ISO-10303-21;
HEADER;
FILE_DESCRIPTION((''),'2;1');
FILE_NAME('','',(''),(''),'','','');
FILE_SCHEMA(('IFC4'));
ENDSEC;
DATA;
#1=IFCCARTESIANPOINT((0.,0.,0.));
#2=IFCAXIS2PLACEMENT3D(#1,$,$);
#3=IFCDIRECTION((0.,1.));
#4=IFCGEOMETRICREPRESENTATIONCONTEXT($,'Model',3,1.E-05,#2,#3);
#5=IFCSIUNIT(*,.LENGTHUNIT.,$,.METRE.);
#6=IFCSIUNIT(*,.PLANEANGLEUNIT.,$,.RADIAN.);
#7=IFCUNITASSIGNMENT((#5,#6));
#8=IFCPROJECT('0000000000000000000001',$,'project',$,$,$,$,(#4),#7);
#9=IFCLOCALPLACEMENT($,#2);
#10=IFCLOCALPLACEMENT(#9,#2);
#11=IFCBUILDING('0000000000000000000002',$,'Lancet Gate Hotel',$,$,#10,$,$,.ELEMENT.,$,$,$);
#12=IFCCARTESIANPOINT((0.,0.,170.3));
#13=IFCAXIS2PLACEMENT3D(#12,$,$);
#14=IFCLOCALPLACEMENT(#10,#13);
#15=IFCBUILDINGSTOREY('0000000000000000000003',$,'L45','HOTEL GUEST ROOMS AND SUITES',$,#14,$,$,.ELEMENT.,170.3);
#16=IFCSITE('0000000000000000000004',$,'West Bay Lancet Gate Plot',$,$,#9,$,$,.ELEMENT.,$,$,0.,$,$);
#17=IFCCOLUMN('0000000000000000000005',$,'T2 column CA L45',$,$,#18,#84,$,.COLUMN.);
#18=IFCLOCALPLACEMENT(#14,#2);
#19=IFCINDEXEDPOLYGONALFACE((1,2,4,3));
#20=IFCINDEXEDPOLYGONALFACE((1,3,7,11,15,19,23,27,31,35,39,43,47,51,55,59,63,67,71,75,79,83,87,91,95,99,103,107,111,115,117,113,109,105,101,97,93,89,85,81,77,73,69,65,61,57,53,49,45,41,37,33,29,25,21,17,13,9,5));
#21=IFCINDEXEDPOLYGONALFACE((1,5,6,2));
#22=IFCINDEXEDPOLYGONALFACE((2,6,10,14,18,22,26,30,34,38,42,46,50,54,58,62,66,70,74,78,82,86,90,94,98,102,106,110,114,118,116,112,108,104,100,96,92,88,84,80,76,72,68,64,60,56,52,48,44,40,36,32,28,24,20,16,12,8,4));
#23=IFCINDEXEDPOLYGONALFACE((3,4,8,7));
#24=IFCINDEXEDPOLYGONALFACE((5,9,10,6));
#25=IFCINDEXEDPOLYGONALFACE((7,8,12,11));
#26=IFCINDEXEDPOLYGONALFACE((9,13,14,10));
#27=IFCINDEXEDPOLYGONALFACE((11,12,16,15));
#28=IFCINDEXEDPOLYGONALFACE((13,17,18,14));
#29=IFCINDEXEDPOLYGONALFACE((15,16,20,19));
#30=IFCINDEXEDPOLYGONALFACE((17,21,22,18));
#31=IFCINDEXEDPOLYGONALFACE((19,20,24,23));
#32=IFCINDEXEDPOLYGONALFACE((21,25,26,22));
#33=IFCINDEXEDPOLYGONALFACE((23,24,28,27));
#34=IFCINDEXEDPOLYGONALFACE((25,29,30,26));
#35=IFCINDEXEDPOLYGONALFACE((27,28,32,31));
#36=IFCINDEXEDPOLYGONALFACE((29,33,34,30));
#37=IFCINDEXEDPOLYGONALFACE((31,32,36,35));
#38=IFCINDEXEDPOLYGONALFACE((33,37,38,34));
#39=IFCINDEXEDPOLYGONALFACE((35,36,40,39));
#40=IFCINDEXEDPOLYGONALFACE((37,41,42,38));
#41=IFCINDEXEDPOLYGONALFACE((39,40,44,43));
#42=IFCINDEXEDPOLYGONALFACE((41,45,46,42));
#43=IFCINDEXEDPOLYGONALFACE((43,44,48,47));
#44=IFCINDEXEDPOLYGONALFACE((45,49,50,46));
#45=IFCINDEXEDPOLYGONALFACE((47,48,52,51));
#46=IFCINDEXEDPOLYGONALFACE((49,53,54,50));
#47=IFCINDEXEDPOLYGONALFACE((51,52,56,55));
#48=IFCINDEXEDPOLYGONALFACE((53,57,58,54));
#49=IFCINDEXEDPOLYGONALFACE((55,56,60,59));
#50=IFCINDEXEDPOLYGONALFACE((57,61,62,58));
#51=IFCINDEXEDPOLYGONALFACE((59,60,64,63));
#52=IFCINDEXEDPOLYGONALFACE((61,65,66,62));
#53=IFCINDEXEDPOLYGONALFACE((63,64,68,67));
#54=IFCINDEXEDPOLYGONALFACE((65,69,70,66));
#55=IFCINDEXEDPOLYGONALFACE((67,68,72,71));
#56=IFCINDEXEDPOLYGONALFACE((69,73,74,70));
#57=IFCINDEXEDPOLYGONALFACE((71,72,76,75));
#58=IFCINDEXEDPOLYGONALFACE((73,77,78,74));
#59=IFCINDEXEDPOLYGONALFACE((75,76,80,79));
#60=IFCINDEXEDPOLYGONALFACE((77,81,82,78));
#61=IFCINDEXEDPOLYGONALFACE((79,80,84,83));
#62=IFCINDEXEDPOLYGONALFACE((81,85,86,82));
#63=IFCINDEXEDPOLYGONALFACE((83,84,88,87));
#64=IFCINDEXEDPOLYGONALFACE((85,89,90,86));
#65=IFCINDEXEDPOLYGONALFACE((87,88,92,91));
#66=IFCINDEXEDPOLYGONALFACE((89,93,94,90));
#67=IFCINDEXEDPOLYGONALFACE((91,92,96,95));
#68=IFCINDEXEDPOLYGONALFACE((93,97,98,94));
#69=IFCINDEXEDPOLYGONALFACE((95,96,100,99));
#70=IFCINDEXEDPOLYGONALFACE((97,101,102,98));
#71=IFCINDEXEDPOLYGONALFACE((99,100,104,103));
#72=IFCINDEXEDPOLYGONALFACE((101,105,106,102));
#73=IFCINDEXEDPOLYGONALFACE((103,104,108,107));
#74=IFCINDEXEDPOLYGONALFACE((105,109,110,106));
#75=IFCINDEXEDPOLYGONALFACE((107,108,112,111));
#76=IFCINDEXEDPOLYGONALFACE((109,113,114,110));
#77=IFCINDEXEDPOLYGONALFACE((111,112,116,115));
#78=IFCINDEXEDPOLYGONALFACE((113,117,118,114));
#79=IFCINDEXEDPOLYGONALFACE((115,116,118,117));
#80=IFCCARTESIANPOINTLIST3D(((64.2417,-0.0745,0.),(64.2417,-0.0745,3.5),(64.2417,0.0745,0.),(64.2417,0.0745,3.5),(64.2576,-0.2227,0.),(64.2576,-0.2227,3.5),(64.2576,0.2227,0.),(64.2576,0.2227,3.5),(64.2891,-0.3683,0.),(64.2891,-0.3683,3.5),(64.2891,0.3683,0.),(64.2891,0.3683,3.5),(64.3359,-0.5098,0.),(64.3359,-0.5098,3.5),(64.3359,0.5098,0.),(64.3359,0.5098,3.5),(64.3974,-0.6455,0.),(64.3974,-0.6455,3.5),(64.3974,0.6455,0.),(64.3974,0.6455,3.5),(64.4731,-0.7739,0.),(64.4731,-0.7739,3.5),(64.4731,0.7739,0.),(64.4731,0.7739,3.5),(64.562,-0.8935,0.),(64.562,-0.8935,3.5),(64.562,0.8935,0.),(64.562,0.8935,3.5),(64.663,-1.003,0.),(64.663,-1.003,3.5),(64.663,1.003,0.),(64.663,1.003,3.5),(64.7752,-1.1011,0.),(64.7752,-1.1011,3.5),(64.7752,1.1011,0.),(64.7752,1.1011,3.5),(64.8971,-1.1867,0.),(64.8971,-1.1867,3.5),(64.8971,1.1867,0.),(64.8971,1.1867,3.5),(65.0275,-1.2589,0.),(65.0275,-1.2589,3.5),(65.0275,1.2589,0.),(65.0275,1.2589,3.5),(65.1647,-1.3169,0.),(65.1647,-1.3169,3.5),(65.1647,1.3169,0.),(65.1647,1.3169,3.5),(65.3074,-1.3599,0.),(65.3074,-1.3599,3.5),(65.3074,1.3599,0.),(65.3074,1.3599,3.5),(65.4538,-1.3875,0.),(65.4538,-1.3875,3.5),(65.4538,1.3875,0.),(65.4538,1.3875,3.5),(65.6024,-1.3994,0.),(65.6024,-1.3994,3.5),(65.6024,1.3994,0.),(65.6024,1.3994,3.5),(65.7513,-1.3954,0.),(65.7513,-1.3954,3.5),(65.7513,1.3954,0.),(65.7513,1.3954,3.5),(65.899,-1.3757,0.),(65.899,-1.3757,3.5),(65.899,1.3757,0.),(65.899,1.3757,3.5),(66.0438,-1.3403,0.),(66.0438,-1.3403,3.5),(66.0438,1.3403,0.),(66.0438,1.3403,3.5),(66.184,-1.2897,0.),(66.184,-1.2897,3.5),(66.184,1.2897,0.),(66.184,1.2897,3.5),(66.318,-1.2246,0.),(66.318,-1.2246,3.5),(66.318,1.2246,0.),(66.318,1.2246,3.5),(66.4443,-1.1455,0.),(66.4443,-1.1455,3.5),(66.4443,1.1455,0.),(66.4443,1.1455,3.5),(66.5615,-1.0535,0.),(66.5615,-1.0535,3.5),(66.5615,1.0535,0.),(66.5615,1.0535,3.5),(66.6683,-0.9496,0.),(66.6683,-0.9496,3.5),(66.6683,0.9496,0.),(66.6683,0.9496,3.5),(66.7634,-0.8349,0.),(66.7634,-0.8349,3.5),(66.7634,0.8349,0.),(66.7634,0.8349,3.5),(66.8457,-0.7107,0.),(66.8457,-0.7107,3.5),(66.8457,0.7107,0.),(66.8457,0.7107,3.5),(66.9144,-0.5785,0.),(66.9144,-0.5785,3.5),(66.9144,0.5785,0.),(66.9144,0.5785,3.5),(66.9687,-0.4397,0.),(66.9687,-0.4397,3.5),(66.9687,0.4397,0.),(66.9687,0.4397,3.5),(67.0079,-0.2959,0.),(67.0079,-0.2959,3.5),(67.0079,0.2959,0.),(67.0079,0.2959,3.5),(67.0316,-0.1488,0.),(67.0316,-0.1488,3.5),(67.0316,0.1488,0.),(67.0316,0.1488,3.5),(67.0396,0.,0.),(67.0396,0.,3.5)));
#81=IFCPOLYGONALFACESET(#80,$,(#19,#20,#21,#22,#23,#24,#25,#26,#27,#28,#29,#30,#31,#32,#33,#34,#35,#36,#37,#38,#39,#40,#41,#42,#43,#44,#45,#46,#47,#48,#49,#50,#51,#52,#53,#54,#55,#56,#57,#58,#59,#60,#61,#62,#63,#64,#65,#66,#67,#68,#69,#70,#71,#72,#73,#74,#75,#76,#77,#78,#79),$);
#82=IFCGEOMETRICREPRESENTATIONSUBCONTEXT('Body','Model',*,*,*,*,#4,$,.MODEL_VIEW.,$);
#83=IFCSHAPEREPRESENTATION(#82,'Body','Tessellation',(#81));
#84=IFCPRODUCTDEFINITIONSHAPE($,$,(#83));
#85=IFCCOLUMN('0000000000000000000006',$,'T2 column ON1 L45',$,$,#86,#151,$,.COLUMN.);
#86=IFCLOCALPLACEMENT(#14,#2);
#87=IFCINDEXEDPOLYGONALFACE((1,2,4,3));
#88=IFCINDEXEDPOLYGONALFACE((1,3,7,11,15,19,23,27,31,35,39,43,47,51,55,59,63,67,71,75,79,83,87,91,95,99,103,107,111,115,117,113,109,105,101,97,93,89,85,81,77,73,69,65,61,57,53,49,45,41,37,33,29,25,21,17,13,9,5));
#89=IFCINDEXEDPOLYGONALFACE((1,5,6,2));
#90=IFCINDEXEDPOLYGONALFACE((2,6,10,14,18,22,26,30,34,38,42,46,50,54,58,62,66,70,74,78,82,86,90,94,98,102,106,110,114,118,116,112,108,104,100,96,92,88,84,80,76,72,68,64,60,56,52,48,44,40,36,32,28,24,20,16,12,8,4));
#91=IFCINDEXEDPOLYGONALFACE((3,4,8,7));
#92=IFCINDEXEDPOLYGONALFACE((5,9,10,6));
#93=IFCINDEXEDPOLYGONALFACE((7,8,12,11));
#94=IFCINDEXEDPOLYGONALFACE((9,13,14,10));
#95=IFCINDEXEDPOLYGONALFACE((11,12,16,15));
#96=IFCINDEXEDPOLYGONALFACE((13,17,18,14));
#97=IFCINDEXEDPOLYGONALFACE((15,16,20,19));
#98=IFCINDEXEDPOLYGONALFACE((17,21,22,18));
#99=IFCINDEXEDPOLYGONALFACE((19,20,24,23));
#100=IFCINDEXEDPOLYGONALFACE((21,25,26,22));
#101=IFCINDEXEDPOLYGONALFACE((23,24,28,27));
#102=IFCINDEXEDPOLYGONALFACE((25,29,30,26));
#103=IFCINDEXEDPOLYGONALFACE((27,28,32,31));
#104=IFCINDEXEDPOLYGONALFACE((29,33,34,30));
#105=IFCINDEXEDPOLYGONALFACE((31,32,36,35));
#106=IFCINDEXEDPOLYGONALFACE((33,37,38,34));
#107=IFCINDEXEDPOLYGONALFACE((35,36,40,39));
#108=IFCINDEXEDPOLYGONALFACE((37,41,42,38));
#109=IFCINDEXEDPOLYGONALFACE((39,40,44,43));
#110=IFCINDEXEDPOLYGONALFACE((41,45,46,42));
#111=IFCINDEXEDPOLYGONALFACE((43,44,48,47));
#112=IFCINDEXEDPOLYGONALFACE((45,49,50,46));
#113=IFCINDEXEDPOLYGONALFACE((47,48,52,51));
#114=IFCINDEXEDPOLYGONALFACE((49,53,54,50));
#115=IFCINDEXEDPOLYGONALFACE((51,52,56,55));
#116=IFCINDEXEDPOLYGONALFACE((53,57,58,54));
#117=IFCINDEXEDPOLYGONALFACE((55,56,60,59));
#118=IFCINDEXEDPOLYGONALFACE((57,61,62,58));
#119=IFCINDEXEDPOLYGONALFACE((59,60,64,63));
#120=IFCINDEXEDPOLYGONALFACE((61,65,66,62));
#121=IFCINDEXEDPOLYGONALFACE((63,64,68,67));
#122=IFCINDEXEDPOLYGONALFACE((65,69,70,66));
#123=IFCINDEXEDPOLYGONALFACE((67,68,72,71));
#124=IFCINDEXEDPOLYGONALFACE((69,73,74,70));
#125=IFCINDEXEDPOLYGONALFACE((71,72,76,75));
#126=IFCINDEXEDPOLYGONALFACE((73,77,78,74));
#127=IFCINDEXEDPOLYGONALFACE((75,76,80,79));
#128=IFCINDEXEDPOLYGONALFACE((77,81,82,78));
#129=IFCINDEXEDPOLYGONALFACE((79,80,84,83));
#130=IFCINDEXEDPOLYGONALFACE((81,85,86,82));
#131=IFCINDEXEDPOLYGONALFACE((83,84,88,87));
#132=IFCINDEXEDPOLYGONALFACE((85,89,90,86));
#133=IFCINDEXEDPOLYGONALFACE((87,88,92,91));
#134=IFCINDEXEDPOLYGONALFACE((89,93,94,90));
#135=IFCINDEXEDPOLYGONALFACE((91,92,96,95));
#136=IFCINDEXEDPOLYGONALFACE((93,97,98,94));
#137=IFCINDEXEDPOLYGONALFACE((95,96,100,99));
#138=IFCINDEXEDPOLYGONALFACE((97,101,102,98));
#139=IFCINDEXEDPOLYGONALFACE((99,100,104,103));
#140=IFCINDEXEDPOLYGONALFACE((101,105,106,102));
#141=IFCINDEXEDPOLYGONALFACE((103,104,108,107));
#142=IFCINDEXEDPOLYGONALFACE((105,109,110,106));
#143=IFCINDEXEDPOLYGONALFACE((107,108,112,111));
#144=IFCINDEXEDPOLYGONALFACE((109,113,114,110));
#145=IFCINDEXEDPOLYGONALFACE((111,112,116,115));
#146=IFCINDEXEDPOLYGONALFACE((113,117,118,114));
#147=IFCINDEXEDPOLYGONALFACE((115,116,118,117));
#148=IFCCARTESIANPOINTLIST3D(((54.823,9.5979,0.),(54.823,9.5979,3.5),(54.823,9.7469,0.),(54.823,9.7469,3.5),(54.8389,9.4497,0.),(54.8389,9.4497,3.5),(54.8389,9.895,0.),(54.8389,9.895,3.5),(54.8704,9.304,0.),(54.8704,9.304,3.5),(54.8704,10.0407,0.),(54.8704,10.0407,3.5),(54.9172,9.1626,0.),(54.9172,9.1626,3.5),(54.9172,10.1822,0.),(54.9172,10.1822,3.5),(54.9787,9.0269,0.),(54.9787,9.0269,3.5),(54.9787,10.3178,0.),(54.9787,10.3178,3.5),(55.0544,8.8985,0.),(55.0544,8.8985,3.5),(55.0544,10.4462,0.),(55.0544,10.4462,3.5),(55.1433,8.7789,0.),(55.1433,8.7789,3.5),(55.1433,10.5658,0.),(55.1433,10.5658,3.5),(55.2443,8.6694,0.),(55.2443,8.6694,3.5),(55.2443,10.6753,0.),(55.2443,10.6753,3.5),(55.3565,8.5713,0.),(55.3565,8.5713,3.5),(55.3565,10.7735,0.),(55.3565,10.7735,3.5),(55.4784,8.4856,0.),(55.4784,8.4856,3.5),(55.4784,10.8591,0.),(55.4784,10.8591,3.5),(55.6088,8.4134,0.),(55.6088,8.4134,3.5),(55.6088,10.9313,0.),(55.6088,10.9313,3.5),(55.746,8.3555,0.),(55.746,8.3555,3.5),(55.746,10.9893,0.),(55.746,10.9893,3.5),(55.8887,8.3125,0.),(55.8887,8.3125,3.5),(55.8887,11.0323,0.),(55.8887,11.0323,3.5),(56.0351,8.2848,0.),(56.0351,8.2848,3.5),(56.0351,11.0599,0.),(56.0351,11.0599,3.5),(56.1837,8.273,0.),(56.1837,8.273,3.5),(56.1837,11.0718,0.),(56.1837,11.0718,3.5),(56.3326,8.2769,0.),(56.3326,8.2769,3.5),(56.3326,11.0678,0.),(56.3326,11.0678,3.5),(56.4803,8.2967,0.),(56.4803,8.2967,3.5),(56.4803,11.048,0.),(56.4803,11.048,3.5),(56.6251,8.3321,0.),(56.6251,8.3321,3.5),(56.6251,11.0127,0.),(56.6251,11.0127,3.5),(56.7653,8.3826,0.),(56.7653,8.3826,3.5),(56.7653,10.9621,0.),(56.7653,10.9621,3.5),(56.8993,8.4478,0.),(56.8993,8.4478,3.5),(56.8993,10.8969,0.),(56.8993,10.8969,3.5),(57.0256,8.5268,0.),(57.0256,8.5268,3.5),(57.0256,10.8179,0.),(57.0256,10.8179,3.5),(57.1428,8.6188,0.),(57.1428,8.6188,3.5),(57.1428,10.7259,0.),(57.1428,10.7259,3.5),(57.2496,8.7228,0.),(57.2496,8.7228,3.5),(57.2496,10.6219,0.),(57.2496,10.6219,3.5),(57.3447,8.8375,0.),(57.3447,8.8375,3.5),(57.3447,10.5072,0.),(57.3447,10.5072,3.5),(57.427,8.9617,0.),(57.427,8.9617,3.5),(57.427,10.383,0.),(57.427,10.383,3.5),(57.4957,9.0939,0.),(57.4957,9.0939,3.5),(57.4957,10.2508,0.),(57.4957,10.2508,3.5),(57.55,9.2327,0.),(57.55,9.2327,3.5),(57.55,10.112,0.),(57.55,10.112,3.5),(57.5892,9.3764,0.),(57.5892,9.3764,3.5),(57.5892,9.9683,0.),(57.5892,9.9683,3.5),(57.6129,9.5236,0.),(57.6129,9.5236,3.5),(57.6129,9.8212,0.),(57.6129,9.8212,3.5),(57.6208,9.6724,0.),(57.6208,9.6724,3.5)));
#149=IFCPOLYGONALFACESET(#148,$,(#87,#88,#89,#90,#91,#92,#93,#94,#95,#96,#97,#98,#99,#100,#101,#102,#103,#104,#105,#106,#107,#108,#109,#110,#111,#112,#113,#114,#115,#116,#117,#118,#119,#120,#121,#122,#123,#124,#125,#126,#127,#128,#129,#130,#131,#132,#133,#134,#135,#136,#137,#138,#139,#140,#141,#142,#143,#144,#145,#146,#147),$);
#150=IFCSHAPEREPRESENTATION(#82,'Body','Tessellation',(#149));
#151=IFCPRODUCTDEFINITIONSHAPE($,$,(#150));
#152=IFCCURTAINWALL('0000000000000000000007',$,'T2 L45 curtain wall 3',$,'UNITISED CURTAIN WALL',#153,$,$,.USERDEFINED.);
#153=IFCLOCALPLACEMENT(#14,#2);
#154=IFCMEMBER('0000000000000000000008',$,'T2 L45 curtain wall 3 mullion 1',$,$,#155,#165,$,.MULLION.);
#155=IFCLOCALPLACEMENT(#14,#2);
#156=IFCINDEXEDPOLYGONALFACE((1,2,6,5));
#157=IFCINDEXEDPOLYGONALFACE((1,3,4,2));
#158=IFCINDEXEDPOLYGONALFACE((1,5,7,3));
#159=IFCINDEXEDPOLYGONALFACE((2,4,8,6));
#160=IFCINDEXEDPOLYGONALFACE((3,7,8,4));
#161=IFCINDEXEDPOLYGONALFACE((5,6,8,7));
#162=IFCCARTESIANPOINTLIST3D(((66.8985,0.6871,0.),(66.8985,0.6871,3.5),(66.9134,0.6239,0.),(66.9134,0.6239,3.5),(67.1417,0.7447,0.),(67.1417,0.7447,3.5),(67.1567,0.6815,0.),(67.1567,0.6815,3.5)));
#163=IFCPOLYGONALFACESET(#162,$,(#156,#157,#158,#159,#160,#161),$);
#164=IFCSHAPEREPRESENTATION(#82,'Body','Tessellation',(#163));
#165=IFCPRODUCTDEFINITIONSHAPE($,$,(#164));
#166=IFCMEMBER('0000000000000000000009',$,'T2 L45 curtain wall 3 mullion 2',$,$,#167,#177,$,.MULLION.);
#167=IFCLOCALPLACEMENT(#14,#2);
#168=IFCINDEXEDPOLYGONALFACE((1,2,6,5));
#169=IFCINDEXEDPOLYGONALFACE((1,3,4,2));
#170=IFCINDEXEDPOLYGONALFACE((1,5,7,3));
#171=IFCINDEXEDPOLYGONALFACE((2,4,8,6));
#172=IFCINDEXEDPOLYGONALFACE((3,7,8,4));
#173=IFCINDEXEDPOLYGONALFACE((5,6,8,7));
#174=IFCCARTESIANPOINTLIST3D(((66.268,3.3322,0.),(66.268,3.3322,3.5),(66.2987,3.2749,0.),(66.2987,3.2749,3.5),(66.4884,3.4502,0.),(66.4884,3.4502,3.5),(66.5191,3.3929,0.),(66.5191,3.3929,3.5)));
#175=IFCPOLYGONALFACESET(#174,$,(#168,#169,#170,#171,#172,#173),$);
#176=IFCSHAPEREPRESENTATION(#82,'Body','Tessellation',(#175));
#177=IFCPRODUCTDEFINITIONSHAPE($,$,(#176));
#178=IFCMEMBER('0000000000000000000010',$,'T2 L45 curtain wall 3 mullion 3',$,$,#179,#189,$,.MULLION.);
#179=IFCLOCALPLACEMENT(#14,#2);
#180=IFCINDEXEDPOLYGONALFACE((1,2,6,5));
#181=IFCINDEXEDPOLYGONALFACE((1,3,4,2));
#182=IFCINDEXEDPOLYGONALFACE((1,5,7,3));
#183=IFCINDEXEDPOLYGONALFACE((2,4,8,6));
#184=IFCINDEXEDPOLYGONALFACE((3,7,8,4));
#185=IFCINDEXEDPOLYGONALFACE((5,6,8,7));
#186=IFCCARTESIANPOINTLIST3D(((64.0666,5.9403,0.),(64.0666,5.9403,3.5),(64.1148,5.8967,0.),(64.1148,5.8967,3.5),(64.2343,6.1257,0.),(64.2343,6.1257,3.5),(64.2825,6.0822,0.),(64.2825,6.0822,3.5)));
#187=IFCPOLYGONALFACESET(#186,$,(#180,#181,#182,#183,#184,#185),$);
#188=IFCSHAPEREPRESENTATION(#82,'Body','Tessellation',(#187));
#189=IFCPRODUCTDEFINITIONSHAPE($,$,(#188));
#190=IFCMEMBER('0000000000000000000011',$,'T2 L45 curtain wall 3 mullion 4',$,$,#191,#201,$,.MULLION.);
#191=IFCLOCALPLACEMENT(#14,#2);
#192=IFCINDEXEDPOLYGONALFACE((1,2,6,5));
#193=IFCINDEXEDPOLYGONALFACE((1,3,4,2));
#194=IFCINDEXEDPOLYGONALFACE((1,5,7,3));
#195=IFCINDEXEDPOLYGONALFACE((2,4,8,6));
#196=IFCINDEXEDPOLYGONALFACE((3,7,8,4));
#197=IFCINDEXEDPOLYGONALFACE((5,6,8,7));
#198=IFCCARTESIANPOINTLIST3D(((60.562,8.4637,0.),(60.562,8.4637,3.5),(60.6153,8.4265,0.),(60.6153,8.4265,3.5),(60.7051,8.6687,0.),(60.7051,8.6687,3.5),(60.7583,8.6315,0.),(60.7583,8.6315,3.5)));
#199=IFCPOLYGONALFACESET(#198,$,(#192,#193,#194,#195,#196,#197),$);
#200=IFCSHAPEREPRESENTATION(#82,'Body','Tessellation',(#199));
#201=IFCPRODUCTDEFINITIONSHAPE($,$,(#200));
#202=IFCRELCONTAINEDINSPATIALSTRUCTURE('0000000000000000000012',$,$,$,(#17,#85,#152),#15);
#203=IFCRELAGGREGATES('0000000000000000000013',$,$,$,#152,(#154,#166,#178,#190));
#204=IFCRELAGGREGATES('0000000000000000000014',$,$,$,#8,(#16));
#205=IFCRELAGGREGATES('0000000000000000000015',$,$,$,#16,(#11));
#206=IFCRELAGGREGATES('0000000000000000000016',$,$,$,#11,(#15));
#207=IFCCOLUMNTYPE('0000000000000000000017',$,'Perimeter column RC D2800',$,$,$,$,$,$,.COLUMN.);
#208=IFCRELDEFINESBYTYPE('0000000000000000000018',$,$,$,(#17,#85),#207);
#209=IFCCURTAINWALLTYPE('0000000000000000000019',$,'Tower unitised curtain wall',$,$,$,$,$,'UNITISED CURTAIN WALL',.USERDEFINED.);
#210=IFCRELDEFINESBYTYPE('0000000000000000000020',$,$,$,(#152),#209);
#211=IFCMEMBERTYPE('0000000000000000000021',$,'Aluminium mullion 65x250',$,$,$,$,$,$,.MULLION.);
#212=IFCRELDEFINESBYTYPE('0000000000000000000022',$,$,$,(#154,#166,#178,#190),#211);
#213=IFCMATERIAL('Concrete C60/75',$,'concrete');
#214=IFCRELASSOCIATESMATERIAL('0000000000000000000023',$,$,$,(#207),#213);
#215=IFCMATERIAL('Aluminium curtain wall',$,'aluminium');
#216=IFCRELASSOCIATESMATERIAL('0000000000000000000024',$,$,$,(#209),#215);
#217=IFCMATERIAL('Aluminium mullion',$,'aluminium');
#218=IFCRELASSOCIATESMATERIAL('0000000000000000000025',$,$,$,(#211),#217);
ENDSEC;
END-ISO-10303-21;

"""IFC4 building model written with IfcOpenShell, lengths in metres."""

from ifc_helpers import new_model, si_unit, direction, frame, origin, origin_2d, place, context, subcontext, project, spatial, rectangle, circle, extrude, material, material_profile, profile_set, type_object, element, aggregate, save


model = new_model("IFC4")

# Units and contexts
model_context = context("Model", 3, precision=1e-05, world=origin(), true_north=direction((0.0, 1.0)))
body_context = subcontext(model_context, "Body", "Model", "MODEL_VIEW")
ifc_project = project(units=[si_unit("LENGTHUNIT", "METRE"), si_unit("PLANEANGLEUNIT", "RADIAN")], contexts=[model_context])

# Site, building, storey
site_placement = place(None, origin())
site = spatial("IfcSite", under=ifc_project, at=site_placement, Name="West Bay Lancet Gate Plot", CompositionType="ELEMENT", RefElevation=0.0)
building_placement = place(site_placement, origin())
building = spatial("IfcBuilding", under=site, at=building_placement, Name="Lancet Gate Hotel", CompositionType="ELEMENT")
storey_placement = place(building_placement, frame((0.0, 0.0, 170.3)))
storey = spatial("IfcBuildingStorey", under=building, at=storey_placement, Name="L45", Description="HOTEL GUEST ROOMS AND SUITES", CompositionType="ELEMENT", Elevation=170.3)

# Columns
ifc_material_1 = material(Name="Concrete C60/75", Category="concrete")
ifc_material_profile_1 = material_profile(ifc_material_1, circle(Radius=1.3999, at=origin_2d()), Name="RC D2800")
ifc_profile_set_1 = profile_set([ifc_material_profile_1], Name="Concrete C60/75")
column_type = type_object("IfcColumnType", Name="Perimeter column RC D2800", PredefinedType="COLUMN", material=ifc_profile_set_1)
for number, where, z_axis, x_axis, name in (
    (1, (65.6396, 0.0, 0.0), (0.0, 0.0, 1.0), (1.0, 0.0, 0.0), "T2 column CA L45"),
    (2, (56.2209, 9.6724, 0.0), (0.0, 0.0, 1.0), (1.0, 0.0, 0.0), "T2 column ON1 L45"),
):
    element("IfcColumn", number, at=place(storey_placement, frame(where, z_axis=z_axis, x_axis=x_axis)), inside=storey, type_object=column_type, Name=name, PredefinedType="COLUMN", context=body_context, shape_type="SweptSolid", body=[
        extrude(circle(Radius=1.3999, at=origin_2d()), origin(), (0.0, 0.0, 1.0), 3.5),
    ])

# Curtain wall, members
ifc_material_2 = material(Name="Aluminium curtain wall", Category="aluminium")
curtain_wall_type = type_object("IfcCurtainWallType", Name="Tower unitised curtain wall", ElementType="UNITISED CURTAIN WALL", PredefinedType="USERDEFINED", material=ifc_material_2)
curtain_wall_placement = place(storey_placement, origin())
curtain_wall = element("IfcCurtainWall", 3, at=curtain_wall_placement, inside=storey, type_object=curtain_wall_type, Name="T2 L45 curtain wall 3", ObjectType="UNITISED CURTAIN WALL", PredefinedType="USERDEFINED")
ifc_material_3 = material(Name="Aluminium mullion", Category="aluminium")
ifc_material_profile_2 = material_profile(ifc_material_3, rectangle(XDim=0.0649, YDim=0.25, at=origin_2d()), Name="MULLION 65x250")
ifc_profile_set_2 = profile_set([ifc_material_profile_2], Name="Aluminium mullion")
member_type_1 = type_object("IfcMemberType", Name="Aluminium mullion 65x250", PredefinedType="MULLION", material=ifc_profile_set_2)
member_1_placement = place(storey_placement, frame((67.0276, 0.6843, 0.0), z_axis=(0.0, 0.0, 1.0), x_axis=(-0.230367, 0.973104, 0.0)))
member_1 = element("IfcMember", 4, at=member_1_placement, type_object=member_type_1, Name="T2 L45 curtain wall 3 mullion 1", PredefinedType="MULLION", context=body_context, shape_type="SweptSolid", body=[
    extrude(rectangle(XDim=0.0649, YDim=0.25, at=origin_2d()), origin(), (0.0, 0.0, 1.0), 3.5),
])
member_2_placement = place(storey_placement, frame((66.3936, 3.3625, 0.0), z_axis=(0.0, 0.0, 1.0), x_axis=(-0.472146, 0.88152, 0.0)))
member_2 = element("IfcMember", 5, at=member_2_placement, type_object=member_type_1, Name="T2 L45 curtain wall 3 mullion 2", PredefinedType="MULLION", context=body_context, shape_type="SweptSolid", body=[
    extrude(rectangle(XDim=0.0649, YDim=0.25, at=origin_2d()), origin(), (0.0, 0.0, 1.0), 3.5),
])
member_3_placement = place(storey_placement, frame((64.1746, 6.0112, 0.0), z_axis=(0.0, 0.0, 1.0), x_axis=(-0.741693, 0.670739, 0.0)))
member_3 = element("IfcMember", 6, at=member_3_placement, type_object=member_type_1, Name="T2 L45 curtain wall 3 mullion 3", PredefinedType="MULLION", context=body_context, shape_type="SweptSolid", body=[
    extrude(rectangle(XDim=0.0649, YDim=0.25, at=origin_2d()), origin(), (0.0, 0.0, 1.0), 3.5),
])
member_4_placement = place(storey_placement, frame((60.6602, 8.5476, 0.0), z_axis=(0.0, 0.0, 1.0), x_axis=(-0.820068, 0.572266, 0.0)))
member_4 = element("IfcMember", 7, at=member_4_placement, type_object=member_type_1, Name="T2 L45 curtain wall 3 mullion 4", PredefinedType="MULLION", context=body_context, shape_type="SweptSolid", body=[
    extrude(rectangle(XDim=0.0649, YDim=0.25, at=origin_2d()), origin(), (0.0, 0.0, 1.0), 3.5),
])

aggregate(curtain_wall, [member_1, member_2, member_3, member_4])

save(model, "model.ifc")
